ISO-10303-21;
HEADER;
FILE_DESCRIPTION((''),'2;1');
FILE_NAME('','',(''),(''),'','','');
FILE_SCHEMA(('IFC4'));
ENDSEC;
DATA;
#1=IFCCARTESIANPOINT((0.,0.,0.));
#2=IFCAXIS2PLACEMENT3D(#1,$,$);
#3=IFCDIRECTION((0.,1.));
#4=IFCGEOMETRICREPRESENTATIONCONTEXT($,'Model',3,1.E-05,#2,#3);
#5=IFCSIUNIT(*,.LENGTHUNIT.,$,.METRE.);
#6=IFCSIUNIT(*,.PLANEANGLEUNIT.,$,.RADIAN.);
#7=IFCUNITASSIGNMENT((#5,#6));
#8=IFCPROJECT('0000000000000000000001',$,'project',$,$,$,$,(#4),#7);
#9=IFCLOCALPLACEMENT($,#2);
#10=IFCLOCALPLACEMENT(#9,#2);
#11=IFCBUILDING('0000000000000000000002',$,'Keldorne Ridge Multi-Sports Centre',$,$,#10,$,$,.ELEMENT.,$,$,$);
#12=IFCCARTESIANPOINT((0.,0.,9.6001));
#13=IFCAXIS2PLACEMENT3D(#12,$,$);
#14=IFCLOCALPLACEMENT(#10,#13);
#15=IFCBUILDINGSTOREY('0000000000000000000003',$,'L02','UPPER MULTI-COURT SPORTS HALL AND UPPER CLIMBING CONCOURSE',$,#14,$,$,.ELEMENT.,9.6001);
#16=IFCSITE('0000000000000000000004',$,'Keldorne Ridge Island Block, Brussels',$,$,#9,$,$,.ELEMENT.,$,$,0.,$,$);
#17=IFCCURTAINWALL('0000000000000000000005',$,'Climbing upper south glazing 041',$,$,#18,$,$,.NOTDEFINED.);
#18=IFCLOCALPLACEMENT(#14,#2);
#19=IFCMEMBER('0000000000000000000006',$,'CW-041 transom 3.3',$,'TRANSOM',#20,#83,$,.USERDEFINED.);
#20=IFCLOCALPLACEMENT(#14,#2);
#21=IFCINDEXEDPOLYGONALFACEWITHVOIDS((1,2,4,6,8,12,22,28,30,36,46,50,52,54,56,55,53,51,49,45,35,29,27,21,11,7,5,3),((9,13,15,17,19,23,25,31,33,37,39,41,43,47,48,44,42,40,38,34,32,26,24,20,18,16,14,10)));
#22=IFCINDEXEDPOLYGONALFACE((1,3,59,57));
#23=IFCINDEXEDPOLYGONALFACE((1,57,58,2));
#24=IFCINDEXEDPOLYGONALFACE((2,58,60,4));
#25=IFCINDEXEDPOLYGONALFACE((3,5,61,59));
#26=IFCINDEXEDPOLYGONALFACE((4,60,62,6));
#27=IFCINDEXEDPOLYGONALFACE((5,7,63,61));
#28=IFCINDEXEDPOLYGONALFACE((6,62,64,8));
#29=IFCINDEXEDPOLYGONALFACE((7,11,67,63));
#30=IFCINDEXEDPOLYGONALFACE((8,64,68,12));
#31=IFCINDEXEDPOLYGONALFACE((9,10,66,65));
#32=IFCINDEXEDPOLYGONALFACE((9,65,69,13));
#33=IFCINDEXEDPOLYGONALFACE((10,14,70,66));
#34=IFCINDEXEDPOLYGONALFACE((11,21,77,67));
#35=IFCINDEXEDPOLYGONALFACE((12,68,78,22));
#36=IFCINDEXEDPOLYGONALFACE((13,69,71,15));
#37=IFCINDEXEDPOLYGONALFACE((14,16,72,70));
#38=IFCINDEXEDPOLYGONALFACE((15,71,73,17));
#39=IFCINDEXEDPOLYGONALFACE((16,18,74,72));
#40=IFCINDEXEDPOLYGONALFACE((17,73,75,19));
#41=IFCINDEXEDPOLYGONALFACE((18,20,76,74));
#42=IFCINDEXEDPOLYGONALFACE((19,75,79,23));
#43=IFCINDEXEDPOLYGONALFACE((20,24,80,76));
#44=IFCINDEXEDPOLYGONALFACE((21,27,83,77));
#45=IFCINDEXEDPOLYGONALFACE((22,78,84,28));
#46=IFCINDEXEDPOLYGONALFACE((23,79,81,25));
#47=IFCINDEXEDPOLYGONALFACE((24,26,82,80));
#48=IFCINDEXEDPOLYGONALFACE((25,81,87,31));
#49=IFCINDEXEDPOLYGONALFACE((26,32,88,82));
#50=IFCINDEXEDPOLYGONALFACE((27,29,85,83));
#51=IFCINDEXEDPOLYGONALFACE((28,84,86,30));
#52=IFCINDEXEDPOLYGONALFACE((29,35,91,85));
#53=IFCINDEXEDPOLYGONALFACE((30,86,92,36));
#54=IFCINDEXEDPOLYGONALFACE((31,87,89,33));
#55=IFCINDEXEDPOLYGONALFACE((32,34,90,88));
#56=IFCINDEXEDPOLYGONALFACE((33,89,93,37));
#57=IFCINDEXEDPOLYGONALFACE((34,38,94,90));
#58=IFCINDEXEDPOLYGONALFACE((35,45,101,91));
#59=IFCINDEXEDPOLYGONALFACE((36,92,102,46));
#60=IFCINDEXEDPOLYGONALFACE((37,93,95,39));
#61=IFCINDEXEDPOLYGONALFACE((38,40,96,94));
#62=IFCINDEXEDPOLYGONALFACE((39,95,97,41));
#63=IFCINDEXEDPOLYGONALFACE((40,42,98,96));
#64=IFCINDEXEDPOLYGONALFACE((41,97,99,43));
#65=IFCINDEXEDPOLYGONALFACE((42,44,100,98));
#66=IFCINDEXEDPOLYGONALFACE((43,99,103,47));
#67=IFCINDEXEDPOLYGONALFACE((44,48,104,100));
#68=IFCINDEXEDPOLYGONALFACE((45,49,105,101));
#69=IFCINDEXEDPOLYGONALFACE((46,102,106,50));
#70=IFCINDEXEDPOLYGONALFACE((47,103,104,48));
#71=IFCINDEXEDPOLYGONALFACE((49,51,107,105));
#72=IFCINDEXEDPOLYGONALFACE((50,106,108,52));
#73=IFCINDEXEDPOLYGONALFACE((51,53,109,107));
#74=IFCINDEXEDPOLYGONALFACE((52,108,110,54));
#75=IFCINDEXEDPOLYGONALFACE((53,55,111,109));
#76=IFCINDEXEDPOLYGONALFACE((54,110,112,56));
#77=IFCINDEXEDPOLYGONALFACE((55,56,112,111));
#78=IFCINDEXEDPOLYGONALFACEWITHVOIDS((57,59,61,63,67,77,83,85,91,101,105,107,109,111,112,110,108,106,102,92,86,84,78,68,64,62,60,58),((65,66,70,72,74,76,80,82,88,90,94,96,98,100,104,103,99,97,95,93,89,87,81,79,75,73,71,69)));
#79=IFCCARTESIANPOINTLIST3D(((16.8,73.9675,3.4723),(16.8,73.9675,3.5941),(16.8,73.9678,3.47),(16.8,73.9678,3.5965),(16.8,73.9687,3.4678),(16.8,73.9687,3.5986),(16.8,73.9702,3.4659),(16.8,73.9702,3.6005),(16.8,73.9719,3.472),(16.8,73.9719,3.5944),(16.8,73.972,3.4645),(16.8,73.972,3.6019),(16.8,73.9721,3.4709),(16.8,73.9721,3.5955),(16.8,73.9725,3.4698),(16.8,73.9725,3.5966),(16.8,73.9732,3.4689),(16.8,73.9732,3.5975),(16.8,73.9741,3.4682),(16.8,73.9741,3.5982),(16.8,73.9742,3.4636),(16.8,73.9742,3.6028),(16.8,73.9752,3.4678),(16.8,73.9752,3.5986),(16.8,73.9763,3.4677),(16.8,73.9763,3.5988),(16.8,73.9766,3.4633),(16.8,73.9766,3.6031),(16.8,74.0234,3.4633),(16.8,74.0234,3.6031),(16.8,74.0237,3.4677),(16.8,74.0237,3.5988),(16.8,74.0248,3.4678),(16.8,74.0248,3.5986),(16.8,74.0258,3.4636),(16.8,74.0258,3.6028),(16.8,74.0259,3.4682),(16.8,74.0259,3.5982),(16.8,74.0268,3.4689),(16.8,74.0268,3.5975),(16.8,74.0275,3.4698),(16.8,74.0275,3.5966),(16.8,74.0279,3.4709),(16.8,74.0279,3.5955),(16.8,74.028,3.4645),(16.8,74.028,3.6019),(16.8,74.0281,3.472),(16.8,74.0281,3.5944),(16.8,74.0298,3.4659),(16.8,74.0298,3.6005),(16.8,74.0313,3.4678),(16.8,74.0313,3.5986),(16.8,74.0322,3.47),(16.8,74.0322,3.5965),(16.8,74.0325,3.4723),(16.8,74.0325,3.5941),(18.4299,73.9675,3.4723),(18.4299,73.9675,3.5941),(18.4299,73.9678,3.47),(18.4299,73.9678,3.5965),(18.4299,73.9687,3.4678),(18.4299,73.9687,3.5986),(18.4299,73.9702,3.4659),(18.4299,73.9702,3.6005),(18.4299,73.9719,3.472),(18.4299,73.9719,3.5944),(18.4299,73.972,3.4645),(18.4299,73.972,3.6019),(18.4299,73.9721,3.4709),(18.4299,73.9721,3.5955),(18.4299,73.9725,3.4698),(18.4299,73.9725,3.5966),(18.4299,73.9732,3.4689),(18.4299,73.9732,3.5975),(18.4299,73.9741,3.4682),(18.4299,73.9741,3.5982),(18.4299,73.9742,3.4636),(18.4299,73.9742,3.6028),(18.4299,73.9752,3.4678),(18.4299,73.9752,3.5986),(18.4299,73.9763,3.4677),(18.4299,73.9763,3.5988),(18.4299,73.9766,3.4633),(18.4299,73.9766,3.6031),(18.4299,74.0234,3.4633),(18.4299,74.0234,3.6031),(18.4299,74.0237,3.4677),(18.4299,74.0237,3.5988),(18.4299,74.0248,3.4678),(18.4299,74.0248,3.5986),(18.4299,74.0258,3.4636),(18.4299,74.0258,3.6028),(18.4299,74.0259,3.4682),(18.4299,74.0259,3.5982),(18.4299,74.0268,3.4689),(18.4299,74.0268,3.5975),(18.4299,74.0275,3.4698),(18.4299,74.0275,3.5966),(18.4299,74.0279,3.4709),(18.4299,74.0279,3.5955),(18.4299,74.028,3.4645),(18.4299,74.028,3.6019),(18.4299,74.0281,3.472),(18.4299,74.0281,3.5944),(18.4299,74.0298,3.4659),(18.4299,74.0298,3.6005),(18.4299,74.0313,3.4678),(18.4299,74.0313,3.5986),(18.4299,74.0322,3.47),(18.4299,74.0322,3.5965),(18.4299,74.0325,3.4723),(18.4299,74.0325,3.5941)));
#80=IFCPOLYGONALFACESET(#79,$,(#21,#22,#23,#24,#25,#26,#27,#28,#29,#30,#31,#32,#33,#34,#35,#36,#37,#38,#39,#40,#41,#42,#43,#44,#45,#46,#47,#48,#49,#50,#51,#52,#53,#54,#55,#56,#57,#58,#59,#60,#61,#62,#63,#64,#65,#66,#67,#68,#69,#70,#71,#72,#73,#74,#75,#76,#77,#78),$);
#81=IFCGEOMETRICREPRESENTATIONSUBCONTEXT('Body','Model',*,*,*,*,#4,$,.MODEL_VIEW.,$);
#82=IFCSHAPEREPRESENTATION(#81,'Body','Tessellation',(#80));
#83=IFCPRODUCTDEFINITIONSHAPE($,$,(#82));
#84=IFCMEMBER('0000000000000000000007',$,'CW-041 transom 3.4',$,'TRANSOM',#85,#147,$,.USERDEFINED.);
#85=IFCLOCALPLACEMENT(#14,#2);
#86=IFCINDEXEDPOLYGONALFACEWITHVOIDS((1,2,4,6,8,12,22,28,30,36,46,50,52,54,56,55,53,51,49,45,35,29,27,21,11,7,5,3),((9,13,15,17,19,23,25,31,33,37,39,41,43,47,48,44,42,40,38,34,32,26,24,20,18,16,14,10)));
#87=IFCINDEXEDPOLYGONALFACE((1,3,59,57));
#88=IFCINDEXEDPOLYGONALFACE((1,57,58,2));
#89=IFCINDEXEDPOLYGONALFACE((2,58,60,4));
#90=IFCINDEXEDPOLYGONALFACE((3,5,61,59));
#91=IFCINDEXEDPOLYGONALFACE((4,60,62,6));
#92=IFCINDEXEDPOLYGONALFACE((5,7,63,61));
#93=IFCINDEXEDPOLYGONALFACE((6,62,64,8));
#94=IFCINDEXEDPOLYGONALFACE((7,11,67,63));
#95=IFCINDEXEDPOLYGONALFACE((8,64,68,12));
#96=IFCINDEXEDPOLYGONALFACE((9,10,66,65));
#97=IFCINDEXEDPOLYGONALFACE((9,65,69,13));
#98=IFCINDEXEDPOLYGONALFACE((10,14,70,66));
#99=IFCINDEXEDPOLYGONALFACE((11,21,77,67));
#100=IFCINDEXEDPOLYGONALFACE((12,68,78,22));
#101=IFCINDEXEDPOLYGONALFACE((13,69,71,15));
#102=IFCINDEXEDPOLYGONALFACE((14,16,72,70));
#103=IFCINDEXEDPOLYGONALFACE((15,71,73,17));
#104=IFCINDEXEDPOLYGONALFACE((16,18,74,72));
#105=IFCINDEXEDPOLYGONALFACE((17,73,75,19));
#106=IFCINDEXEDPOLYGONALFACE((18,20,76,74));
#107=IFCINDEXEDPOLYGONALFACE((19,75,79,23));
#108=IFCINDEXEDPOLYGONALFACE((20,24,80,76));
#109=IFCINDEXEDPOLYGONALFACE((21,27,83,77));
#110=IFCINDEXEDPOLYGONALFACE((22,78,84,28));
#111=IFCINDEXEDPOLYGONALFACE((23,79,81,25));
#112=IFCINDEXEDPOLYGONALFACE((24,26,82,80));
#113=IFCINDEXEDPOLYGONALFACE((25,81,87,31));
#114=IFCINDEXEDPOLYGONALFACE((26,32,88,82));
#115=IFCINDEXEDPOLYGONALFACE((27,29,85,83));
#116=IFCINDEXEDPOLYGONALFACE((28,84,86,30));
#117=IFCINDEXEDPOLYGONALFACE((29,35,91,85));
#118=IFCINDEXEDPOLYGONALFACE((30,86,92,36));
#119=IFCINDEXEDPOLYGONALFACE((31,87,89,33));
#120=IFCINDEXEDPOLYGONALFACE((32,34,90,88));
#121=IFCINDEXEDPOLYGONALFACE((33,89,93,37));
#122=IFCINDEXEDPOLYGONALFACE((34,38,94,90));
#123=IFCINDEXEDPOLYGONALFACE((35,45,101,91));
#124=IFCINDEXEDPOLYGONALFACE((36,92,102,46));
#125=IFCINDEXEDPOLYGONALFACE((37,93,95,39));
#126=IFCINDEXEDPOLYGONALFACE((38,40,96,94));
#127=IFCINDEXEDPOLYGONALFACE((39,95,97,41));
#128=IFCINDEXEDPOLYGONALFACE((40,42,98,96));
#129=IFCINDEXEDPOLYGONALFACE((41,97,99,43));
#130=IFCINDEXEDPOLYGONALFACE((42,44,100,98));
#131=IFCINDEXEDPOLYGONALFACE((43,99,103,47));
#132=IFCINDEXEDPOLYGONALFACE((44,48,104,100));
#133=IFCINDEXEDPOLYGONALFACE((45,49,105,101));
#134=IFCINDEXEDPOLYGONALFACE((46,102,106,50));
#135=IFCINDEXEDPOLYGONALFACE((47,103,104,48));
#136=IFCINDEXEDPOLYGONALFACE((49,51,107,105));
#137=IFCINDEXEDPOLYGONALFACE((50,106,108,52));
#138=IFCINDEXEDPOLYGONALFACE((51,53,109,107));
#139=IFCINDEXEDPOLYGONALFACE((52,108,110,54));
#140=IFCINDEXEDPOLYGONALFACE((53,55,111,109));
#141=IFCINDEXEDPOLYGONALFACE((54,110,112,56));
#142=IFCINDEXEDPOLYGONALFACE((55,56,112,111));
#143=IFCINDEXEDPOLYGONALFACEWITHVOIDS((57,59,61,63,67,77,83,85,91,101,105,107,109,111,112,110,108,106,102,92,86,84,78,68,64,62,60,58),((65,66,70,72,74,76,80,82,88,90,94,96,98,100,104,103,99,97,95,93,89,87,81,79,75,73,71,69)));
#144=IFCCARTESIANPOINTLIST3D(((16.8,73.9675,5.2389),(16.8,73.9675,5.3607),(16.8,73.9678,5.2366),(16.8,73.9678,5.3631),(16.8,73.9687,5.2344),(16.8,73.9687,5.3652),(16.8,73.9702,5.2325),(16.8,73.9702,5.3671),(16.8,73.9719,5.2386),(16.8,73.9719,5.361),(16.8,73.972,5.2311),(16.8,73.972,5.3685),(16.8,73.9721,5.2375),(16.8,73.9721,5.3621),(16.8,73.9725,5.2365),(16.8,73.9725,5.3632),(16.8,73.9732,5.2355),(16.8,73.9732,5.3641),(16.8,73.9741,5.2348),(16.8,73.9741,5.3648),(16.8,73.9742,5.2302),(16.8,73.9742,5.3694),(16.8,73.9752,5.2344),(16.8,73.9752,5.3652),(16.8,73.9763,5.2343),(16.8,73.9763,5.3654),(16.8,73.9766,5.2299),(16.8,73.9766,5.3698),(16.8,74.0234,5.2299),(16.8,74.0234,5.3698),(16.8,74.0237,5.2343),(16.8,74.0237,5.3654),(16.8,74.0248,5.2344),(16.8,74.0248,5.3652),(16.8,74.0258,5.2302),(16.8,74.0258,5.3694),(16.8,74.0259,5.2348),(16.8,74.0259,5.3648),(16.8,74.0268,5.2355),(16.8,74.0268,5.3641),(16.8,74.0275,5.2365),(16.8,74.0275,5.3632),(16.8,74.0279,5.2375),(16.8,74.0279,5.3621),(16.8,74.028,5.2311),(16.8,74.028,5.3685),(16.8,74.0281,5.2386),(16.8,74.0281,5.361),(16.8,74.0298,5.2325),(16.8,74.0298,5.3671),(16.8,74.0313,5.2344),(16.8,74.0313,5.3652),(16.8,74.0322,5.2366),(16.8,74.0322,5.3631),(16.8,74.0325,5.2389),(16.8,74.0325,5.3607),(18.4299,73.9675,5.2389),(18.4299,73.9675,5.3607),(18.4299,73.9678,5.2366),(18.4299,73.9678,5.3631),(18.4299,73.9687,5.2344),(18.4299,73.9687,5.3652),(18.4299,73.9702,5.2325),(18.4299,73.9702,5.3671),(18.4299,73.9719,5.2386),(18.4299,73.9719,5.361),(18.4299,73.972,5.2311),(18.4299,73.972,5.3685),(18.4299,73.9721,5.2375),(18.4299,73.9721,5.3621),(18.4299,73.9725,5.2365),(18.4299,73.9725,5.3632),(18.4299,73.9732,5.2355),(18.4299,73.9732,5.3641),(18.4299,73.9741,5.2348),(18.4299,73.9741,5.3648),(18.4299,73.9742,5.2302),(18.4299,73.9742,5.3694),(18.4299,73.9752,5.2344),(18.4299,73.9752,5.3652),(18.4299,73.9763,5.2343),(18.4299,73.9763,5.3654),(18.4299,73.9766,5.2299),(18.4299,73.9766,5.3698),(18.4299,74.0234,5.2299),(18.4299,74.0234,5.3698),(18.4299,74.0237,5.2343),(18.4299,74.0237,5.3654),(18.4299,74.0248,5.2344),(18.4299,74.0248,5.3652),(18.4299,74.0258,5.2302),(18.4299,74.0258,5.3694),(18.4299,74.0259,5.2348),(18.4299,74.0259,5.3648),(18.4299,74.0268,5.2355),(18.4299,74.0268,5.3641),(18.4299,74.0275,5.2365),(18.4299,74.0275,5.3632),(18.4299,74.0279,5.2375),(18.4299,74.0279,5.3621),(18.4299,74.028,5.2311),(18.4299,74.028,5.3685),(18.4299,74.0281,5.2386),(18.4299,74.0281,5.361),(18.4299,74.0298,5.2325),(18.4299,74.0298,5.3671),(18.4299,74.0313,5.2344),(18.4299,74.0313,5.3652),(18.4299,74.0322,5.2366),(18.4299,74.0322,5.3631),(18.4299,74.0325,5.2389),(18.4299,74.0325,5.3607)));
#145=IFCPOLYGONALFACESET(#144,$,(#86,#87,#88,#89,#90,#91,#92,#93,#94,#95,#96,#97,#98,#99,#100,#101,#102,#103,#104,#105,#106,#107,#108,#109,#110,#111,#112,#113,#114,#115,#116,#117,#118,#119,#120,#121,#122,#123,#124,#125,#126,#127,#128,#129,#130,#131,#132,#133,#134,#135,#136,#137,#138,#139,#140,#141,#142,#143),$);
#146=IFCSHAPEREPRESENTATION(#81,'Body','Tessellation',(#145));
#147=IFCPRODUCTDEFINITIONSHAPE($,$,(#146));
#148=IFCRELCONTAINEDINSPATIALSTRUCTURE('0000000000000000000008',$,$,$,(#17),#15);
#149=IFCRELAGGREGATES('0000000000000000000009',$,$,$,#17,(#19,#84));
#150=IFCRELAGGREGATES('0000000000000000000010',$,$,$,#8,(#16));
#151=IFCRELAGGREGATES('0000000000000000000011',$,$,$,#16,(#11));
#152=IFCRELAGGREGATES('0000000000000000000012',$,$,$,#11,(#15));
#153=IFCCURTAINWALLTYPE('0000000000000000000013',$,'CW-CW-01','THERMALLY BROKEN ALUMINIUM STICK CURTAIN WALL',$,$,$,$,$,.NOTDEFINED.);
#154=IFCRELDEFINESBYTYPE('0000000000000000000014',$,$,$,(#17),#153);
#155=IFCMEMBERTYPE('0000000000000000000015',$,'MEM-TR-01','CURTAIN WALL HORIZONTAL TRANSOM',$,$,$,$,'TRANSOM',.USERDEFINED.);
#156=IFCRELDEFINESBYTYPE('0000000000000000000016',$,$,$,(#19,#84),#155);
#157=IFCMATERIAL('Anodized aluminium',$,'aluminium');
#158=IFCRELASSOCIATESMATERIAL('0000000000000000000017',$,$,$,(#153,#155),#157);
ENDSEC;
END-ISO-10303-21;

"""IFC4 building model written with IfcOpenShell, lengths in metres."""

from ifc_helpers import new_model, si_unit, direction, frame, origin, origin_2d, place, context, subcontext, project, spatial, hollow_rectangle, extrude, material, material_profile, profile_set, type_object, element, aggregate, save


model = new_model("IFC4")

# Units and contexts
model_context = context("Model", 3, precision=1e-05, world=origin(), true_north=direction((0.0, 1.0)))
body_context = subcontext(model_context, "Body", "Model", "MODEL_VIEW")
ifc_project = project(units=[si_unit("LENGTHUNIT", "METRE"), si_unit("PLANEANGLEUNIT", "RADIAN")], contexts=[model_context])

# Site, building, storey
site_placement = place(None, origin())
site = spatial("IfcSite", under=ifc_project, at=site_placement, Name="Keldorne Ridge Island Block, Brussels", CompositionType="ELEMENT", RefElevation=0.0)
building_placement = place(site_placement, origin())
building = spatial("IfcBuilding", under=site, at=building_placement, Name="Keldorne Ridge Multi-Sports Centre", CompositionType="ELEMENT")
storey_placement = place(building_placement, frame((0.0, 0.0, 9.6001)))
storey = spatial("IfcBuildingStorey", under=building, at=storey_placement, Name="L02", Description="UPPER MULTI-COURT SPORTS HALL AND UPPER CLIMBING CONCOURSE", CompositionType="ELEMENT", Elevation=9.6001)

# Curtain wall
ifc_material_1 = material(Name="Anodized aluminium", Category="aluminium")
curtain_wall_type = type_object("IfcCurtainWallType", Name="CW-CW-01", Description="THERMALLY BROKEN ALUMINIUM STICK CURTAIN WALL", PredefinedType="NOTDEFINED", material=ifc_material_1)
curtain_wall_placement = place(storey_placement, origin())
curtain_wall = element("IfcCurtainWall", 1, at=curtain_wall_placement, inside=storey, type_object=curtain_wall_type, Name="Climbing upper south glazing 041", PredefinedType="NOTDEFINED")

# Members
ifc_material_profile_1 = material_profile(ifc_material_1, hollow_rectangle(XDim=0.0649, YDim=0.1399, WallThickness=0.0044, InnerFilletRadius=0.0044, OuterFilletRadius=0.009, at=origin_2d()), Name="ALU TRANSOM 140x65x4.5")
ifc_profile_set_1 = profile_set([ifc_material_profile_1], Name="Anodized aluminium")
member_type_1 = type_object("IfcMemberType", Name="MEM-TR-01", Description="CURTAIN WALL HORIZONTAL TRANSOM", ElementType="TRANSOM", PredefinedType="USERDEFINED", material=ifc_profile_set_1)
member_1_placement = place(storey_placement, frame((16.8, 74.0, 3.5332), z_axis=(1.0, 0.0, 0.0), x_axis=(0.0, 1.0, 0.0)))
member_1 = element("IfcMember", 2, at=member_1_placement, type_object=member_type_1, Name="CW-041 transom 3.3", ObjectType="TRANSOM", PredefinedType="USERDEFINED", context=body_context, shape_type="SweptSolid", body=[
    extrude(hollow_rectangle(XDim=0.0649, YDim=0.1399, WallThickness=0.0044, InnerFilletRadius=0.0044, OuterFilletRadius=0.009, at=origin_2d()), origin(), (0.0, 0.0, 1.0), 1.6299),
])
member_2_placement = place(storey_placement, frame((16.8, 74.0, 5.2998), z_axis=(1.0, 0.0, 0.0), x_axis=(0.0, 1.0, 0.0)))
member_2 = element("IfcMember", 3, at=member_2_placement, type_object=member_type_1, Name="CW-041 transom 3.4", ObjectType="TRANSOM", PredefinedType="USERDEFINED", context=body_context, shape_type="SweptSolid", body=[
    extrude(hollow_rectangle(XDim=0.0649, YDim=0.1399, WallThickness=0.0044, InnerFilletRadius=0.0044, OuterFilletRadius=0.009, at=origin_2d()), origin(), (0.0, 0.0, 1.0), 1.6299),
])

aggregate(curtain_wall, [member_1, member_2])

save(model, "model.ifc")
